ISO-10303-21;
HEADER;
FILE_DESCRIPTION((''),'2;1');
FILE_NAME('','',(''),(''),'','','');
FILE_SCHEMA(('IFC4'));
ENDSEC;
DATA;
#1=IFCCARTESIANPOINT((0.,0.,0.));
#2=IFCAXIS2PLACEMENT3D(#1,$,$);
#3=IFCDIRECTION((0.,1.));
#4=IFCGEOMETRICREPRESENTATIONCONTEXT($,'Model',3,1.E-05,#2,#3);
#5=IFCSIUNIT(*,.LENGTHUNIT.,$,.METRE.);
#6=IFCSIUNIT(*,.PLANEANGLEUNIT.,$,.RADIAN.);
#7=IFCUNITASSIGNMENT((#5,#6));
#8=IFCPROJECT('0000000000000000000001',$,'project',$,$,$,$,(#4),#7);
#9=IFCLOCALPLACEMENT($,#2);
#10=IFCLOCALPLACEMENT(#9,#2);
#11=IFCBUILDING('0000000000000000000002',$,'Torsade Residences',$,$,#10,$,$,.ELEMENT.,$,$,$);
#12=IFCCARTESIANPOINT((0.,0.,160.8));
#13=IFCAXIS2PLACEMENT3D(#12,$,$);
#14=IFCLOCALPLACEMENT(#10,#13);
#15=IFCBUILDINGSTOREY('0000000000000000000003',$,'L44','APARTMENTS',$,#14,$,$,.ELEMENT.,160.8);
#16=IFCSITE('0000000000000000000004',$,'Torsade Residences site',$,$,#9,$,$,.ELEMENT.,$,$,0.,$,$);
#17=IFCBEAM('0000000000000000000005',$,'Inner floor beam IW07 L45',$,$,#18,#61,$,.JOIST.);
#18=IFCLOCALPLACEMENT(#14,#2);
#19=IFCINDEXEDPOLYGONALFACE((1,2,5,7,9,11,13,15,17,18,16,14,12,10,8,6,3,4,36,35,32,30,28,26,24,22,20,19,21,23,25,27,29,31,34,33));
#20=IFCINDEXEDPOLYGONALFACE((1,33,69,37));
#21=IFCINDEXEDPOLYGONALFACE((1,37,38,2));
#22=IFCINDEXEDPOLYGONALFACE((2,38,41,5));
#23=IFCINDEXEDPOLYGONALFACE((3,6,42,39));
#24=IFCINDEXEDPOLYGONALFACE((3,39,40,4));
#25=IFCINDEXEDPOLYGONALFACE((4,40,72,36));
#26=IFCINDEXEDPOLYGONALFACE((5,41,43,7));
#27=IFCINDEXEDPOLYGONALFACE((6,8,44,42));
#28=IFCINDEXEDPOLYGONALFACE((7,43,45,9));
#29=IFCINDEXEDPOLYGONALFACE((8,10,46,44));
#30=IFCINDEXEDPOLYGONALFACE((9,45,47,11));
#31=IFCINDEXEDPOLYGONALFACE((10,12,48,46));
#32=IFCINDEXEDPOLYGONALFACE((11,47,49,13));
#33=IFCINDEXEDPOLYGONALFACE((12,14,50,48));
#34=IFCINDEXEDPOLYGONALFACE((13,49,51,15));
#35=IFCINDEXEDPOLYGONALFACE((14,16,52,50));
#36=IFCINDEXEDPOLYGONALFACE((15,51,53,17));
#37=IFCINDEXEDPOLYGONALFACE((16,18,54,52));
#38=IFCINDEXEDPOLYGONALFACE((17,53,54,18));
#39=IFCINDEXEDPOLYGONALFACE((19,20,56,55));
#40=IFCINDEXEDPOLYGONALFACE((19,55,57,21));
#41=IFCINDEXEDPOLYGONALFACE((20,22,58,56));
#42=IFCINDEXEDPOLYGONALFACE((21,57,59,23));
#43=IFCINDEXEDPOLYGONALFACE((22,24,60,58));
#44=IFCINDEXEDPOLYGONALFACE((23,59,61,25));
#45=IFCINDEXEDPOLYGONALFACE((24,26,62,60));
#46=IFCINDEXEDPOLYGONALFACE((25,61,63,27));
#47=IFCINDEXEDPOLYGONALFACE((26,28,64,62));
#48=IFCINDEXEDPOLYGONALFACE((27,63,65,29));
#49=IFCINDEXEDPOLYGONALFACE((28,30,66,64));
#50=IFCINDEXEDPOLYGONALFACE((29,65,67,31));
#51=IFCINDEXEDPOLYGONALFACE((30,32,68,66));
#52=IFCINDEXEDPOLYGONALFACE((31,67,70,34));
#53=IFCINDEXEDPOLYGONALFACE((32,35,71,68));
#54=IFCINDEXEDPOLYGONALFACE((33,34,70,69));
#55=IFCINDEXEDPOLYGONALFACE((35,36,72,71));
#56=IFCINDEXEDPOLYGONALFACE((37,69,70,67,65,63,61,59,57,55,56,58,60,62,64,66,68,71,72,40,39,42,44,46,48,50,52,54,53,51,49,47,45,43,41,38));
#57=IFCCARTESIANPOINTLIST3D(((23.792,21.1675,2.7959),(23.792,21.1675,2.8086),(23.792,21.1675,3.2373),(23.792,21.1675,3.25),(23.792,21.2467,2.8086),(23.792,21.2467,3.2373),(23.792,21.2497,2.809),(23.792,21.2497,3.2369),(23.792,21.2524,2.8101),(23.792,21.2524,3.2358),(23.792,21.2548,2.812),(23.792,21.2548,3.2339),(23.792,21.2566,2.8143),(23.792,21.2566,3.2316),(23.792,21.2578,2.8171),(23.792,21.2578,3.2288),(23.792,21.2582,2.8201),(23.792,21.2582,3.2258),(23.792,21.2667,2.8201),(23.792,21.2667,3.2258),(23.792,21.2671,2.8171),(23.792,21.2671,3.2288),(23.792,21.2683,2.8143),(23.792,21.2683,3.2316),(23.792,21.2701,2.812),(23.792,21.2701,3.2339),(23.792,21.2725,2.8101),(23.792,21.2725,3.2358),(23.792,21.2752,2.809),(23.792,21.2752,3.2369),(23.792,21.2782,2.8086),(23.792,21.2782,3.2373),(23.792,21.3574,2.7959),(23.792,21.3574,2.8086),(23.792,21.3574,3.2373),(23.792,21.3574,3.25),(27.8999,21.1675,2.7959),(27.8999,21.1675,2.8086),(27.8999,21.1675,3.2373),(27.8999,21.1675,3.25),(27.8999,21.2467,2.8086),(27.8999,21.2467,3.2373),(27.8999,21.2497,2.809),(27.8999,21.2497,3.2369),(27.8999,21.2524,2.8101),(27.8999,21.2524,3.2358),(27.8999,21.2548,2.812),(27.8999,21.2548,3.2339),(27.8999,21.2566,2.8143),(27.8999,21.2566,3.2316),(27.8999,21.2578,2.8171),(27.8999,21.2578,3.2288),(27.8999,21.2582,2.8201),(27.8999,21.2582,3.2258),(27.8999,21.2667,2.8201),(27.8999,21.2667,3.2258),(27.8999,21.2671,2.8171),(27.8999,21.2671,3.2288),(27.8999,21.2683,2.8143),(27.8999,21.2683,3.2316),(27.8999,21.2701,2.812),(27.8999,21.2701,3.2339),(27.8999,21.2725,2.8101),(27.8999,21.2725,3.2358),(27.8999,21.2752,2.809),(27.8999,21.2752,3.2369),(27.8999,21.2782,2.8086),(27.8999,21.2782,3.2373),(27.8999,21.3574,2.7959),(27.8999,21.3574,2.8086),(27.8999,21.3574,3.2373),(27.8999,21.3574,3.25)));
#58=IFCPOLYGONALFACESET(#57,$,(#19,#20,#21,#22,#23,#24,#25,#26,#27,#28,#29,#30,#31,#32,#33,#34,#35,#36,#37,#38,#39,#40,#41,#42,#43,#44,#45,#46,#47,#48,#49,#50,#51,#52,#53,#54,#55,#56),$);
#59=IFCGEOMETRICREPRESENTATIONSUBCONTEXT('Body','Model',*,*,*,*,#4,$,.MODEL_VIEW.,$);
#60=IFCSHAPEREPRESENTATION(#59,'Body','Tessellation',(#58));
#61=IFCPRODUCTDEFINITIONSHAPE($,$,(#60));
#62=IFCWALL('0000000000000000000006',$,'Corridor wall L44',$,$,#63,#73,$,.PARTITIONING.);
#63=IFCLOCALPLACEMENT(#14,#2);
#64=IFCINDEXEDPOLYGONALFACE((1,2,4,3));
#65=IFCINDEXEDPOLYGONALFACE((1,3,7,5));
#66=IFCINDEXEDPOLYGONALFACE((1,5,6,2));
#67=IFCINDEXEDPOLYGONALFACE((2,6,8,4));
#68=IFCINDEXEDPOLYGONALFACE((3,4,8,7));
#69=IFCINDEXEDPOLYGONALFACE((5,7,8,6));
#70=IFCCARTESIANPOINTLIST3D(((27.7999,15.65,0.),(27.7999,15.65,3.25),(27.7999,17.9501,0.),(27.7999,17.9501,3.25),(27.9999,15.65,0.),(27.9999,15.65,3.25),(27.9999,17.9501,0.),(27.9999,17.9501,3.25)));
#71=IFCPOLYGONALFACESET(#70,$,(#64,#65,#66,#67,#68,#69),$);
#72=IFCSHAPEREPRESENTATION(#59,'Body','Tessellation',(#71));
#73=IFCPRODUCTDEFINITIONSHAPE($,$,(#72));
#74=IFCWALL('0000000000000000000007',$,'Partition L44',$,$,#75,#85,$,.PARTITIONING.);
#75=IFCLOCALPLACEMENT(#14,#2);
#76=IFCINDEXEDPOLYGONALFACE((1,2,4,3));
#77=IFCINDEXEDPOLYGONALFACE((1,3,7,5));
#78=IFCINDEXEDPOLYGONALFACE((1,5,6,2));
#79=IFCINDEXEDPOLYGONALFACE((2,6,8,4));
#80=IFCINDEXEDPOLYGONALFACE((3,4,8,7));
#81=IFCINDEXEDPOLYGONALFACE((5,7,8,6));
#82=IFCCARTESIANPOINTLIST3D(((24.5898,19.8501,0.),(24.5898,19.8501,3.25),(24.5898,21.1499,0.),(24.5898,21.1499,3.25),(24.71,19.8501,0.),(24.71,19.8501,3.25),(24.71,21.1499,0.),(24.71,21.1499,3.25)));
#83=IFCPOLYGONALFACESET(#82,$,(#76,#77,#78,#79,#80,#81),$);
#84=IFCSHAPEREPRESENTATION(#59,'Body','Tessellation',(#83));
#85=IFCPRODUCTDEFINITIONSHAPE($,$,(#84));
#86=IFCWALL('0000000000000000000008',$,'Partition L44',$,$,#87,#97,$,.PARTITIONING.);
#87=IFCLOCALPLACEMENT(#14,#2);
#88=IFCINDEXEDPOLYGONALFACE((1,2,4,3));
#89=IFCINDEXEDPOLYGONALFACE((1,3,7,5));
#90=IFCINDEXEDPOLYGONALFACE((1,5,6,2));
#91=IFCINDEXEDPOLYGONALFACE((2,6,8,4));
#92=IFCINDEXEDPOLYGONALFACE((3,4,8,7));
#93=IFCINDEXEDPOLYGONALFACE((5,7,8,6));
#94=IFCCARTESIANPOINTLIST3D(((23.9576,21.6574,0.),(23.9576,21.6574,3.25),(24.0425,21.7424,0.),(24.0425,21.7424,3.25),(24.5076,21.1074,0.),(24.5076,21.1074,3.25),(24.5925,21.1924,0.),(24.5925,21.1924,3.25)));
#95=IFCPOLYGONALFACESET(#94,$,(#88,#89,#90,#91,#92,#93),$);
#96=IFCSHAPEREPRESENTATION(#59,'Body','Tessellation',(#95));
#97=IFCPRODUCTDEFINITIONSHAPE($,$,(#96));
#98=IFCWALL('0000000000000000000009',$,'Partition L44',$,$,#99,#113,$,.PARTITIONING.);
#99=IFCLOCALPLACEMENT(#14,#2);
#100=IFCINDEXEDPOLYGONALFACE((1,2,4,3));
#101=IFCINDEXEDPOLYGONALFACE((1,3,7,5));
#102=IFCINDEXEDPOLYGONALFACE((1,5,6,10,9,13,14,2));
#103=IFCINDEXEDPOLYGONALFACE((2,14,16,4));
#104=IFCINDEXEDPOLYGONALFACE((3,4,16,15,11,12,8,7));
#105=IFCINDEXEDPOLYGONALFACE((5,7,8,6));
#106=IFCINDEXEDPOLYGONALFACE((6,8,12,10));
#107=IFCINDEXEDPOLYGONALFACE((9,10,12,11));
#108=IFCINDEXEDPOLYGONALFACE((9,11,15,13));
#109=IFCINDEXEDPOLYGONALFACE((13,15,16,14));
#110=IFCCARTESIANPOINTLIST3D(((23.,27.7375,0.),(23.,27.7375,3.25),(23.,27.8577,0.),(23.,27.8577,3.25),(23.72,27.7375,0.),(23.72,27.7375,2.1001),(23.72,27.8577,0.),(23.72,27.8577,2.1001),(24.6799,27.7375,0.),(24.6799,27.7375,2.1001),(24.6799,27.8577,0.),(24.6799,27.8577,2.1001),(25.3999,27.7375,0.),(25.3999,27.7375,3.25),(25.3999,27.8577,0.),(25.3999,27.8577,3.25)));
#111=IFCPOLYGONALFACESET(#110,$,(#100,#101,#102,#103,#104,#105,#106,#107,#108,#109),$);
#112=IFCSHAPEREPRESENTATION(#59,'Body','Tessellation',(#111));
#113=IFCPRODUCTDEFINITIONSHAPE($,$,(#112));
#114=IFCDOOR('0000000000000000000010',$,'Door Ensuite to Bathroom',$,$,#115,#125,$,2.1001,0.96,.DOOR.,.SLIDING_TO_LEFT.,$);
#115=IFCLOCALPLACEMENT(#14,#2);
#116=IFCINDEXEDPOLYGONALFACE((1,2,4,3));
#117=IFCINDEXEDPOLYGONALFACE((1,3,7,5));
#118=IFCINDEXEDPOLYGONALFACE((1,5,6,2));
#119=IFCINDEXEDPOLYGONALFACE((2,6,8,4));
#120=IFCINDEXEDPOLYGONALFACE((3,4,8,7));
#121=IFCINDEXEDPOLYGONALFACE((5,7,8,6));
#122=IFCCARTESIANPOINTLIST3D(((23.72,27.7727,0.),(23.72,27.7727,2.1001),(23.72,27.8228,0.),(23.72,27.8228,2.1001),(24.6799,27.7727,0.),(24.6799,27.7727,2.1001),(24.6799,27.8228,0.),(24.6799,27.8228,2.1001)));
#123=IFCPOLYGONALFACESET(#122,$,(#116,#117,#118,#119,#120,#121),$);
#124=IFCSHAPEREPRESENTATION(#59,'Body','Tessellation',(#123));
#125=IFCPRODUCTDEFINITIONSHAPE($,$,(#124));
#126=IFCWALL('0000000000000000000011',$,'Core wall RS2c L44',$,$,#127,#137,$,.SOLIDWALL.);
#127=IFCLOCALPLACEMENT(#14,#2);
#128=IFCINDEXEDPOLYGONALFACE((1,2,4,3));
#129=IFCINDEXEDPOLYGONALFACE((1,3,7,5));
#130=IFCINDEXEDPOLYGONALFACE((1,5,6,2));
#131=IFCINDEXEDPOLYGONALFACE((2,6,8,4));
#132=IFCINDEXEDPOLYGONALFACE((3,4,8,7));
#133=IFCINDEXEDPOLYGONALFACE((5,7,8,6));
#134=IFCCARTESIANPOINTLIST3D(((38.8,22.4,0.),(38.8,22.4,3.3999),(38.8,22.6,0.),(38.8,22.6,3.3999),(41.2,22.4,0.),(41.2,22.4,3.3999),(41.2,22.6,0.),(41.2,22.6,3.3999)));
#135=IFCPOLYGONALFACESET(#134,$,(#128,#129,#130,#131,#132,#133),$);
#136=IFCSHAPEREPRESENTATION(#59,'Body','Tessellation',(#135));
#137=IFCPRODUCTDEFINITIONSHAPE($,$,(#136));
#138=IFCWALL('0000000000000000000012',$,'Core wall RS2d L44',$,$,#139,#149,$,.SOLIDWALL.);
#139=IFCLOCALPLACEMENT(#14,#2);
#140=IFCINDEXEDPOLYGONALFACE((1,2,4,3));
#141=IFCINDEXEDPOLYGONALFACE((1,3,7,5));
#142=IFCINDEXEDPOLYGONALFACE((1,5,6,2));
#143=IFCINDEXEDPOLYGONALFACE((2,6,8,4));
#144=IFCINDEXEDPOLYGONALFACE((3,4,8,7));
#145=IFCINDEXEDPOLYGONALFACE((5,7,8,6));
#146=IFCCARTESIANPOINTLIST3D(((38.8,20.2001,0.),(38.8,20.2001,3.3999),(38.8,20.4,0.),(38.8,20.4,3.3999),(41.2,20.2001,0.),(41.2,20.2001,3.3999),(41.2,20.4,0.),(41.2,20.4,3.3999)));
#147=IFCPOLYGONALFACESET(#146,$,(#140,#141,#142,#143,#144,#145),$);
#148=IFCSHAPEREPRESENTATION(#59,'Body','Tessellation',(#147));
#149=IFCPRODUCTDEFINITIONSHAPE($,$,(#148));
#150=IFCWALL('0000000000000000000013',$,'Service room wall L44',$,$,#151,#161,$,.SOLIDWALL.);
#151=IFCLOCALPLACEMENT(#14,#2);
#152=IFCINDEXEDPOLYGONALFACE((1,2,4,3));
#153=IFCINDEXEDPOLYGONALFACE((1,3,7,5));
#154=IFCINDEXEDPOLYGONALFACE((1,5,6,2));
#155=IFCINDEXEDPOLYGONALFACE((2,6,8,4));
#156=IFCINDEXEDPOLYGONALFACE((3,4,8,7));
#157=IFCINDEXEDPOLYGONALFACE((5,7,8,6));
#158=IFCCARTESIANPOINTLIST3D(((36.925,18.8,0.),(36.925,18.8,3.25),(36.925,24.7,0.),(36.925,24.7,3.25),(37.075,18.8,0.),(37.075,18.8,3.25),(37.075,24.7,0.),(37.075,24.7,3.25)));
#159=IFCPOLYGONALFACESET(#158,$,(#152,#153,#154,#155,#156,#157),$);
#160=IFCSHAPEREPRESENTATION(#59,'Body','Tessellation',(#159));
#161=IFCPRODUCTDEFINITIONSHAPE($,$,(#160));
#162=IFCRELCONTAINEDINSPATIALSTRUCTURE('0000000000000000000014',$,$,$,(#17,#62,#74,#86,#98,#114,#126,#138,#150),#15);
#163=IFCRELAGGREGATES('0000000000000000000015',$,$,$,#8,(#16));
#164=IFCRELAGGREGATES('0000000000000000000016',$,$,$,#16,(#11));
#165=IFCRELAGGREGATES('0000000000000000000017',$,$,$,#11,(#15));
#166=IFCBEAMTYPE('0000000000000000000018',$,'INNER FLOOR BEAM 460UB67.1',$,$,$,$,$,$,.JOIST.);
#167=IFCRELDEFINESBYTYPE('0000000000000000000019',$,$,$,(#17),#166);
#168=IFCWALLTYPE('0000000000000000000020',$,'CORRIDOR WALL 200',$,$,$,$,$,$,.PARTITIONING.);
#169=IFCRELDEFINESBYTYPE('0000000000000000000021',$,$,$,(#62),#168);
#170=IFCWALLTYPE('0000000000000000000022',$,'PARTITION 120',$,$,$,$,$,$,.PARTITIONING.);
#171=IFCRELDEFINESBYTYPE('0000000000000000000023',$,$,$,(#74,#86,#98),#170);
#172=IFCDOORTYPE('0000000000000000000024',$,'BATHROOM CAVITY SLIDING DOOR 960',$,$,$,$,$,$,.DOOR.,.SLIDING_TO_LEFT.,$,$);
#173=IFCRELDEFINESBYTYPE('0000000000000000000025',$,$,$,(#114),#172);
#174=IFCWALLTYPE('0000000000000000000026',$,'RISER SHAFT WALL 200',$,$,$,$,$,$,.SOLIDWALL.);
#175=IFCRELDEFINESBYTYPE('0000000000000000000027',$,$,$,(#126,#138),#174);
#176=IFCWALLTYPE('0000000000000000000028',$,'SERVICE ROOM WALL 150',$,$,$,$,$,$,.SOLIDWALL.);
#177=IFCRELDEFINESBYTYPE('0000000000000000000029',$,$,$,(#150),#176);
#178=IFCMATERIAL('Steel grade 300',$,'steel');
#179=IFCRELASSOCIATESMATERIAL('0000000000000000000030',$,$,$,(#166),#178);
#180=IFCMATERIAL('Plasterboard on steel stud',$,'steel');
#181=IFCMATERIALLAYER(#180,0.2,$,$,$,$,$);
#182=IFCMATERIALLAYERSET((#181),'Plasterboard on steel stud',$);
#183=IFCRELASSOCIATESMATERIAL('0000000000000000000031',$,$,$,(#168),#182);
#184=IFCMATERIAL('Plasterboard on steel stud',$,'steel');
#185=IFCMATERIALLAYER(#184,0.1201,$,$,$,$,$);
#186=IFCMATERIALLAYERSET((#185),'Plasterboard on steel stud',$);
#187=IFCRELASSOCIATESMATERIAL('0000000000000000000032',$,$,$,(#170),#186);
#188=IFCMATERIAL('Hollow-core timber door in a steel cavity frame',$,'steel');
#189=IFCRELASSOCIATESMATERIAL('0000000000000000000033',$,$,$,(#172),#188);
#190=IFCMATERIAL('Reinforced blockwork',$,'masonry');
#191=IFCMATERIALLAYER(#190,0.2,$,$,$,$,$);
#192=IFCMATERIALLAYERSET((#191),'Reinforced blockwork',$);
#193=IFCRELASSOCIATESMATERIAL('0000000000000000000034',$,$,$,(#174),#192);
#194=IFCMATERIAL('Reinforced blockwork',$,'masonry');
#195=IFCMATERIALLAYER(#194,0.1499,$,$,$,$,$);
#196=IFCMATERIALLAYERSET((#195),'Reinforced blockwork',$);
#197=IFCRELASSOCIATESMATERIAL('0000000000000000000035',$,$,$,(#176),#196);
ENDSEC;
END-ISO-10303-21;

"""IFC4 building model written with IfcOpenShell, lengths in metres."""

from ifc_helpers import new_model, si_unit, direction, frame, frame_2d, origin, origin_2d, place, context, subcontext, project, spatial, rectangle, i_section, extrude, material, layer, layer_set, material_profile, profile_set, type_object, element, fill, save


model = new_model("IFC4")

# Units and contexts
model_context = context("Model", 3, precision=1e-05, world=origin(), true_north=direction((0.0, 1.0)))
body_context = subcontext(model_context, "Body", "Model", "MODEL_VIEW")
ifc_project = project(units=[si_unit("LENGTHUNIT", "METRE"), si_unit("PLANEANGLEUNIT", "RADIAN")], contexts=[model_context])

# Site, building, storey
site_placement = place(None, origin())
site = spatial("IfcSite", under=ifc_project, at=site_placement, Name="Torsade Residences site", CompositionType="ELEMENT", RefElevation=0.0)
building_placement = place(site_placement, origin())
building = spatial("IfcBuilding", under=site, at=building_placement, Name="Torsade Residences", CompositionType="ELEMENT")
storey_placement = place(building_placement, frame((0.0, 0.0, 160.8)))
storey = spatial("IfcBuildingStorey", under=building, at=storey_placement, Name="L44", Description="APARTMENTS", CompositionType="ELEMENT", Elevation=160.8)

# Beam
ifc_material_1 = material(Name="Steel grade 300", Category="steel")
ifc_material_profile_1 = material_profile(ifc_material_1, i_section(OverallWidth=0.1899, OverallDepth=0.4541, WebThickness=0.0085, FlangeThickness=0.0127, FilletRadius=0.0115, at=origin_2d()), Name="460UB67.1")
ifc_profile_set_1 = profile_set([ifc_material_profile_1], Name="Steel grade 300")
beam_type = type_object("IfcBeamType", Name="INNER FLOOR BEAM 460UB67.1", PredefinedType="JOIST", material=ifc_profile_set_1)
beam_1_placement = place(storey_placement, frame((27.8999, 21.2625, 3.0229), z_axis=(-1.0, 0.0, 0.0), x_axis=(0.0, -1.0, 0.0)))
element("IfcBeam", 1, at=beam_1_placement, inside=storey, type_object=beam_type, Name="Inner floor beam IW07 L45", PredefinedType="JOIST", context=body_context, shape_type="SweptSolid", body=[
    extrude(i_section(OverallWidth=0.1899, OverallDepth=0.4541, WebThickness=0.0085, FlangeThickness=0.0127, FilletRadius=0.0115, at=origin_2d()), origin(), (0.0, 0.0, 1.0), 4.1079),
])

# Walls
ifc_material_2 = material(Name="Plasterboard on steel stud", Category="steel")
ifc_layer_1 = layer(ifc_material_2, 0.2)
ifc_layer_set_1 = layer_set([ifc_layer_1], Name="Plasterboard on steel stud")
wall_type_1 = type_object("IfcWallType", Name="CORRIDOR WALL 200", PredefinedType="PARTITIONING", material=ifc_layer_set_1)
wall_1_placement = place(storey_placement, frame((27.8999, 17.95, 0.0), z_axis=(0.0, 0.0, 1.0), x_axis=(0.0, -1.0, 0.0)))
element("IfcWall", 2, at=wall_1_placement, inside=storey, type_object=wall_type_1, Name="Corridor wall L44", PredefinedType="PARTITIONING", context=body_context, shape_type="SweptSolid", body=[
    extrude(rectangle(XDim=2.3, YDim=0.2, at=frame_2d((1.1499, 0.0))), origin(), (0.0, 0.0, 1.0), 3.25),
])
ifc_material_3 = material(Name="Plasterboard on steel stud", Category="steel")
ifc_layer_2 = layer(ifc_material_3, 0.1201)
ifc_layer_set_2 = layer_set([ifc_layer_2], Name="Plasterboard on steel stud")
wall_type_2 = type_object("IfcWallType", Name="PARTITION 120", PredefinedType="PARTITIONING", material=ifc_layer_set_2)
wall_2_placement = place(storey_placement, frame((24.6499, 19.8501, 0.0), z_axis=(0.0, 0.0, 1.0), x_axis=(0.0, 1.0, 0.0)))
element("IfcWall", 3, at=wall_2_placement, inside=storey, type_object=wall_type_2, Name="Partition L44", PredefinedType="PARTITIONING", context=body_context, shape_type="SweptSolid", body=[
    extrude(rectangle(XDim=1.2998, YDim=0.1201, at=frame_2d((0.6499, 0.0))), origin(), (0.0, 0.0, 1.0), 3.25),
])
wall_3_placement = place(storey_placement, frame((24.55, 21.1499, 0.0), z_axis=(0.0, 0.0, 1.0), x_axis=(-0.707107, 0.707107, 0.0)))
element("IfcWall", 4, at=wall_3_placement, inside=storey, type_object=wall_type_2, Name="Partition L44", PredefinedType="PARTITIONING", context=body_context, shape_type="SweptSolid", body=[
    extrude(rectangle(XDim=0.7778, YDim=0.1201, at=frame_2d((0.3889, 0.0))), origin(), (0.0, 0.0, 1.0), 3.25),
])

# Wall, opening, door
wall_4_placement = place(storey_placement, frame((25.3999, 27.7976, 0.0), z_axis=(0.0, 0.0, 1.0), x_axis=(-1.0, 0.0, 0.0)))
wall_4 = element("IfcWall", 5, at=wall_4_placement, inside=storey, type_object=wall_type_2, Name="Partition L44", PredefinedType="PARTITIONING", context=body_context, shape_type="SweptSolid", body=[
    extrude(rectangle(XDim=2.3999, YDim=0.1201, at=frame_2d((1.2, 0.0))), origin(), (0.0, 0.0, 1.0), 3.25),
])
opening_1_placement = place(wall_4_placement, frame((0.72, 0.0, 0.0)))
opening_1 = element("IfcOpeningElement", 6, at=opening_1_placement, cuts=wall_4, PredefinedType="OPENING", context=body_context, shape_type="SweptSolid", body=[
    extrude(rectangle(XDim=0.96, YDim=2.1001, at=frame_2d((0.48, 1.05))), frame((0.0, 0.0701, 0.0), z_axis=(0.0, -1.0, 0.0), x_axis=(1.0, 0.0, 0.0)), (0.0, 0.0, 1.0), 0.1401),
])
ifc_material_4 = material(Name="Hollow-core timber door in a steel cavity frame", Category="steel")
door_type_1 = type_object("IfcDoorType", Name="BATHROOM CAVITY SLIDING DOOR 960", OperationType="SLIDING_TO_LEFT", PredefinedType="DOOR", material=ifc_material_4)
door_1_placement = place(opening_1_placement, origin())
door_1 = element("IfcDoor", 7, at=door_1_placement, inside=storey, type_object=door_type_1, Name="Door Ensuite to Bathroom", OperationType="SLIDING_TO_LEFT", OverallHeight=2.1001, OverallWidth=0.96, PredefinedType="DOOR", context=body_context, shape_type="SweptSolid", body=[
    extrude(rectangle(XDim=0.96, YDim=2.1001, at=frame_2d((0.48, 1.05))), frame((0.0, 0.0249, 0.0), z_axis=(0.0, -1.0, 0.0), x_axis=(1.0, 0.0, 0.0)), (0.0, 0.0, 1.0), 0.05),
])
fill(opening_1, door_1)

# Walls
ifc_material_5 = material(Name="Reinforced blockwork", Category="masonry")
ifc_layer_3 = layer(ifc_material_5, 0.2)
ifc_layer_set_3 = layer_set([ifc_layer_3], Name="Reinforced blockwork")
wall_type_3 = type_object("IfcWallType", Name="RISER SHAFT WALL 200", PredefinedType="SOLIDWALL", material=ifc_layer_set_3)
for number, where, z_axis, x_axis, name in (
    (8, (38.8, 22.5, 0.0), (0.0, 0.0, 1.0), (1.0, 0.0, 0.0), "Core wall RS2c L44"),
    (9, (38.8, 20.3, 0.0), (0.0, 0.0, 1.0), (1.0, 0.0, 0.0), "Core wall RS2d L44"),
):
    element("IfcWall", number, at=place(storey_placement, frame(where, z_axis=z_axis, x_axis=x_axis)), inside=storey, type_object=wall_type_3, Name=name, PredefinedType="SOLIDWALL", context=body_context, shape_type="SweptSolid", body=[
        extrude(rectangle(XDim=2.3999, YDim=0.2, at=frame_2d((1.2, 0.0))), origin(), (0.0, 0.0, 1.0), 3.3999),
    ])
ifc_material_6 = material(Name="Reinforced blockwork", Category="masonry")
ifc_layer_4 = layer(ifc_material_6, 0.1499)
ifc_layer_set_4 = layer_set([ifc_layer_4], Name="Reinforced blockwork")
wall_type_4 = type_object("IfcWallType", Name="SERVICE ROOM WALL 150", PredefinedType="SOLIDWALL", material=ifc_layer_set_4)
wall_5_placement = place(storey_placement, frame((37.0, 18.8, 0.0), z_axis=(0.0, 0.0, 1.0), x_axis=(0.0, 1.0, 0.0)))
element("IfcWall", 10, at=wall_5_placement, inside=storey, type_object=wall_type_4, Name="Service room wall L44", PredefinedType="SOLIDWALL", context=body_context, shape_type="SweptSolid", body=[
    extrude(rectangle(XDim=5.8999, YDim=0.1499, at=frame_2d((2.95, 0.0))), origin(), (0.0, 0.0, 1.0), 3.25),
])

save(model, "model.ifc")
